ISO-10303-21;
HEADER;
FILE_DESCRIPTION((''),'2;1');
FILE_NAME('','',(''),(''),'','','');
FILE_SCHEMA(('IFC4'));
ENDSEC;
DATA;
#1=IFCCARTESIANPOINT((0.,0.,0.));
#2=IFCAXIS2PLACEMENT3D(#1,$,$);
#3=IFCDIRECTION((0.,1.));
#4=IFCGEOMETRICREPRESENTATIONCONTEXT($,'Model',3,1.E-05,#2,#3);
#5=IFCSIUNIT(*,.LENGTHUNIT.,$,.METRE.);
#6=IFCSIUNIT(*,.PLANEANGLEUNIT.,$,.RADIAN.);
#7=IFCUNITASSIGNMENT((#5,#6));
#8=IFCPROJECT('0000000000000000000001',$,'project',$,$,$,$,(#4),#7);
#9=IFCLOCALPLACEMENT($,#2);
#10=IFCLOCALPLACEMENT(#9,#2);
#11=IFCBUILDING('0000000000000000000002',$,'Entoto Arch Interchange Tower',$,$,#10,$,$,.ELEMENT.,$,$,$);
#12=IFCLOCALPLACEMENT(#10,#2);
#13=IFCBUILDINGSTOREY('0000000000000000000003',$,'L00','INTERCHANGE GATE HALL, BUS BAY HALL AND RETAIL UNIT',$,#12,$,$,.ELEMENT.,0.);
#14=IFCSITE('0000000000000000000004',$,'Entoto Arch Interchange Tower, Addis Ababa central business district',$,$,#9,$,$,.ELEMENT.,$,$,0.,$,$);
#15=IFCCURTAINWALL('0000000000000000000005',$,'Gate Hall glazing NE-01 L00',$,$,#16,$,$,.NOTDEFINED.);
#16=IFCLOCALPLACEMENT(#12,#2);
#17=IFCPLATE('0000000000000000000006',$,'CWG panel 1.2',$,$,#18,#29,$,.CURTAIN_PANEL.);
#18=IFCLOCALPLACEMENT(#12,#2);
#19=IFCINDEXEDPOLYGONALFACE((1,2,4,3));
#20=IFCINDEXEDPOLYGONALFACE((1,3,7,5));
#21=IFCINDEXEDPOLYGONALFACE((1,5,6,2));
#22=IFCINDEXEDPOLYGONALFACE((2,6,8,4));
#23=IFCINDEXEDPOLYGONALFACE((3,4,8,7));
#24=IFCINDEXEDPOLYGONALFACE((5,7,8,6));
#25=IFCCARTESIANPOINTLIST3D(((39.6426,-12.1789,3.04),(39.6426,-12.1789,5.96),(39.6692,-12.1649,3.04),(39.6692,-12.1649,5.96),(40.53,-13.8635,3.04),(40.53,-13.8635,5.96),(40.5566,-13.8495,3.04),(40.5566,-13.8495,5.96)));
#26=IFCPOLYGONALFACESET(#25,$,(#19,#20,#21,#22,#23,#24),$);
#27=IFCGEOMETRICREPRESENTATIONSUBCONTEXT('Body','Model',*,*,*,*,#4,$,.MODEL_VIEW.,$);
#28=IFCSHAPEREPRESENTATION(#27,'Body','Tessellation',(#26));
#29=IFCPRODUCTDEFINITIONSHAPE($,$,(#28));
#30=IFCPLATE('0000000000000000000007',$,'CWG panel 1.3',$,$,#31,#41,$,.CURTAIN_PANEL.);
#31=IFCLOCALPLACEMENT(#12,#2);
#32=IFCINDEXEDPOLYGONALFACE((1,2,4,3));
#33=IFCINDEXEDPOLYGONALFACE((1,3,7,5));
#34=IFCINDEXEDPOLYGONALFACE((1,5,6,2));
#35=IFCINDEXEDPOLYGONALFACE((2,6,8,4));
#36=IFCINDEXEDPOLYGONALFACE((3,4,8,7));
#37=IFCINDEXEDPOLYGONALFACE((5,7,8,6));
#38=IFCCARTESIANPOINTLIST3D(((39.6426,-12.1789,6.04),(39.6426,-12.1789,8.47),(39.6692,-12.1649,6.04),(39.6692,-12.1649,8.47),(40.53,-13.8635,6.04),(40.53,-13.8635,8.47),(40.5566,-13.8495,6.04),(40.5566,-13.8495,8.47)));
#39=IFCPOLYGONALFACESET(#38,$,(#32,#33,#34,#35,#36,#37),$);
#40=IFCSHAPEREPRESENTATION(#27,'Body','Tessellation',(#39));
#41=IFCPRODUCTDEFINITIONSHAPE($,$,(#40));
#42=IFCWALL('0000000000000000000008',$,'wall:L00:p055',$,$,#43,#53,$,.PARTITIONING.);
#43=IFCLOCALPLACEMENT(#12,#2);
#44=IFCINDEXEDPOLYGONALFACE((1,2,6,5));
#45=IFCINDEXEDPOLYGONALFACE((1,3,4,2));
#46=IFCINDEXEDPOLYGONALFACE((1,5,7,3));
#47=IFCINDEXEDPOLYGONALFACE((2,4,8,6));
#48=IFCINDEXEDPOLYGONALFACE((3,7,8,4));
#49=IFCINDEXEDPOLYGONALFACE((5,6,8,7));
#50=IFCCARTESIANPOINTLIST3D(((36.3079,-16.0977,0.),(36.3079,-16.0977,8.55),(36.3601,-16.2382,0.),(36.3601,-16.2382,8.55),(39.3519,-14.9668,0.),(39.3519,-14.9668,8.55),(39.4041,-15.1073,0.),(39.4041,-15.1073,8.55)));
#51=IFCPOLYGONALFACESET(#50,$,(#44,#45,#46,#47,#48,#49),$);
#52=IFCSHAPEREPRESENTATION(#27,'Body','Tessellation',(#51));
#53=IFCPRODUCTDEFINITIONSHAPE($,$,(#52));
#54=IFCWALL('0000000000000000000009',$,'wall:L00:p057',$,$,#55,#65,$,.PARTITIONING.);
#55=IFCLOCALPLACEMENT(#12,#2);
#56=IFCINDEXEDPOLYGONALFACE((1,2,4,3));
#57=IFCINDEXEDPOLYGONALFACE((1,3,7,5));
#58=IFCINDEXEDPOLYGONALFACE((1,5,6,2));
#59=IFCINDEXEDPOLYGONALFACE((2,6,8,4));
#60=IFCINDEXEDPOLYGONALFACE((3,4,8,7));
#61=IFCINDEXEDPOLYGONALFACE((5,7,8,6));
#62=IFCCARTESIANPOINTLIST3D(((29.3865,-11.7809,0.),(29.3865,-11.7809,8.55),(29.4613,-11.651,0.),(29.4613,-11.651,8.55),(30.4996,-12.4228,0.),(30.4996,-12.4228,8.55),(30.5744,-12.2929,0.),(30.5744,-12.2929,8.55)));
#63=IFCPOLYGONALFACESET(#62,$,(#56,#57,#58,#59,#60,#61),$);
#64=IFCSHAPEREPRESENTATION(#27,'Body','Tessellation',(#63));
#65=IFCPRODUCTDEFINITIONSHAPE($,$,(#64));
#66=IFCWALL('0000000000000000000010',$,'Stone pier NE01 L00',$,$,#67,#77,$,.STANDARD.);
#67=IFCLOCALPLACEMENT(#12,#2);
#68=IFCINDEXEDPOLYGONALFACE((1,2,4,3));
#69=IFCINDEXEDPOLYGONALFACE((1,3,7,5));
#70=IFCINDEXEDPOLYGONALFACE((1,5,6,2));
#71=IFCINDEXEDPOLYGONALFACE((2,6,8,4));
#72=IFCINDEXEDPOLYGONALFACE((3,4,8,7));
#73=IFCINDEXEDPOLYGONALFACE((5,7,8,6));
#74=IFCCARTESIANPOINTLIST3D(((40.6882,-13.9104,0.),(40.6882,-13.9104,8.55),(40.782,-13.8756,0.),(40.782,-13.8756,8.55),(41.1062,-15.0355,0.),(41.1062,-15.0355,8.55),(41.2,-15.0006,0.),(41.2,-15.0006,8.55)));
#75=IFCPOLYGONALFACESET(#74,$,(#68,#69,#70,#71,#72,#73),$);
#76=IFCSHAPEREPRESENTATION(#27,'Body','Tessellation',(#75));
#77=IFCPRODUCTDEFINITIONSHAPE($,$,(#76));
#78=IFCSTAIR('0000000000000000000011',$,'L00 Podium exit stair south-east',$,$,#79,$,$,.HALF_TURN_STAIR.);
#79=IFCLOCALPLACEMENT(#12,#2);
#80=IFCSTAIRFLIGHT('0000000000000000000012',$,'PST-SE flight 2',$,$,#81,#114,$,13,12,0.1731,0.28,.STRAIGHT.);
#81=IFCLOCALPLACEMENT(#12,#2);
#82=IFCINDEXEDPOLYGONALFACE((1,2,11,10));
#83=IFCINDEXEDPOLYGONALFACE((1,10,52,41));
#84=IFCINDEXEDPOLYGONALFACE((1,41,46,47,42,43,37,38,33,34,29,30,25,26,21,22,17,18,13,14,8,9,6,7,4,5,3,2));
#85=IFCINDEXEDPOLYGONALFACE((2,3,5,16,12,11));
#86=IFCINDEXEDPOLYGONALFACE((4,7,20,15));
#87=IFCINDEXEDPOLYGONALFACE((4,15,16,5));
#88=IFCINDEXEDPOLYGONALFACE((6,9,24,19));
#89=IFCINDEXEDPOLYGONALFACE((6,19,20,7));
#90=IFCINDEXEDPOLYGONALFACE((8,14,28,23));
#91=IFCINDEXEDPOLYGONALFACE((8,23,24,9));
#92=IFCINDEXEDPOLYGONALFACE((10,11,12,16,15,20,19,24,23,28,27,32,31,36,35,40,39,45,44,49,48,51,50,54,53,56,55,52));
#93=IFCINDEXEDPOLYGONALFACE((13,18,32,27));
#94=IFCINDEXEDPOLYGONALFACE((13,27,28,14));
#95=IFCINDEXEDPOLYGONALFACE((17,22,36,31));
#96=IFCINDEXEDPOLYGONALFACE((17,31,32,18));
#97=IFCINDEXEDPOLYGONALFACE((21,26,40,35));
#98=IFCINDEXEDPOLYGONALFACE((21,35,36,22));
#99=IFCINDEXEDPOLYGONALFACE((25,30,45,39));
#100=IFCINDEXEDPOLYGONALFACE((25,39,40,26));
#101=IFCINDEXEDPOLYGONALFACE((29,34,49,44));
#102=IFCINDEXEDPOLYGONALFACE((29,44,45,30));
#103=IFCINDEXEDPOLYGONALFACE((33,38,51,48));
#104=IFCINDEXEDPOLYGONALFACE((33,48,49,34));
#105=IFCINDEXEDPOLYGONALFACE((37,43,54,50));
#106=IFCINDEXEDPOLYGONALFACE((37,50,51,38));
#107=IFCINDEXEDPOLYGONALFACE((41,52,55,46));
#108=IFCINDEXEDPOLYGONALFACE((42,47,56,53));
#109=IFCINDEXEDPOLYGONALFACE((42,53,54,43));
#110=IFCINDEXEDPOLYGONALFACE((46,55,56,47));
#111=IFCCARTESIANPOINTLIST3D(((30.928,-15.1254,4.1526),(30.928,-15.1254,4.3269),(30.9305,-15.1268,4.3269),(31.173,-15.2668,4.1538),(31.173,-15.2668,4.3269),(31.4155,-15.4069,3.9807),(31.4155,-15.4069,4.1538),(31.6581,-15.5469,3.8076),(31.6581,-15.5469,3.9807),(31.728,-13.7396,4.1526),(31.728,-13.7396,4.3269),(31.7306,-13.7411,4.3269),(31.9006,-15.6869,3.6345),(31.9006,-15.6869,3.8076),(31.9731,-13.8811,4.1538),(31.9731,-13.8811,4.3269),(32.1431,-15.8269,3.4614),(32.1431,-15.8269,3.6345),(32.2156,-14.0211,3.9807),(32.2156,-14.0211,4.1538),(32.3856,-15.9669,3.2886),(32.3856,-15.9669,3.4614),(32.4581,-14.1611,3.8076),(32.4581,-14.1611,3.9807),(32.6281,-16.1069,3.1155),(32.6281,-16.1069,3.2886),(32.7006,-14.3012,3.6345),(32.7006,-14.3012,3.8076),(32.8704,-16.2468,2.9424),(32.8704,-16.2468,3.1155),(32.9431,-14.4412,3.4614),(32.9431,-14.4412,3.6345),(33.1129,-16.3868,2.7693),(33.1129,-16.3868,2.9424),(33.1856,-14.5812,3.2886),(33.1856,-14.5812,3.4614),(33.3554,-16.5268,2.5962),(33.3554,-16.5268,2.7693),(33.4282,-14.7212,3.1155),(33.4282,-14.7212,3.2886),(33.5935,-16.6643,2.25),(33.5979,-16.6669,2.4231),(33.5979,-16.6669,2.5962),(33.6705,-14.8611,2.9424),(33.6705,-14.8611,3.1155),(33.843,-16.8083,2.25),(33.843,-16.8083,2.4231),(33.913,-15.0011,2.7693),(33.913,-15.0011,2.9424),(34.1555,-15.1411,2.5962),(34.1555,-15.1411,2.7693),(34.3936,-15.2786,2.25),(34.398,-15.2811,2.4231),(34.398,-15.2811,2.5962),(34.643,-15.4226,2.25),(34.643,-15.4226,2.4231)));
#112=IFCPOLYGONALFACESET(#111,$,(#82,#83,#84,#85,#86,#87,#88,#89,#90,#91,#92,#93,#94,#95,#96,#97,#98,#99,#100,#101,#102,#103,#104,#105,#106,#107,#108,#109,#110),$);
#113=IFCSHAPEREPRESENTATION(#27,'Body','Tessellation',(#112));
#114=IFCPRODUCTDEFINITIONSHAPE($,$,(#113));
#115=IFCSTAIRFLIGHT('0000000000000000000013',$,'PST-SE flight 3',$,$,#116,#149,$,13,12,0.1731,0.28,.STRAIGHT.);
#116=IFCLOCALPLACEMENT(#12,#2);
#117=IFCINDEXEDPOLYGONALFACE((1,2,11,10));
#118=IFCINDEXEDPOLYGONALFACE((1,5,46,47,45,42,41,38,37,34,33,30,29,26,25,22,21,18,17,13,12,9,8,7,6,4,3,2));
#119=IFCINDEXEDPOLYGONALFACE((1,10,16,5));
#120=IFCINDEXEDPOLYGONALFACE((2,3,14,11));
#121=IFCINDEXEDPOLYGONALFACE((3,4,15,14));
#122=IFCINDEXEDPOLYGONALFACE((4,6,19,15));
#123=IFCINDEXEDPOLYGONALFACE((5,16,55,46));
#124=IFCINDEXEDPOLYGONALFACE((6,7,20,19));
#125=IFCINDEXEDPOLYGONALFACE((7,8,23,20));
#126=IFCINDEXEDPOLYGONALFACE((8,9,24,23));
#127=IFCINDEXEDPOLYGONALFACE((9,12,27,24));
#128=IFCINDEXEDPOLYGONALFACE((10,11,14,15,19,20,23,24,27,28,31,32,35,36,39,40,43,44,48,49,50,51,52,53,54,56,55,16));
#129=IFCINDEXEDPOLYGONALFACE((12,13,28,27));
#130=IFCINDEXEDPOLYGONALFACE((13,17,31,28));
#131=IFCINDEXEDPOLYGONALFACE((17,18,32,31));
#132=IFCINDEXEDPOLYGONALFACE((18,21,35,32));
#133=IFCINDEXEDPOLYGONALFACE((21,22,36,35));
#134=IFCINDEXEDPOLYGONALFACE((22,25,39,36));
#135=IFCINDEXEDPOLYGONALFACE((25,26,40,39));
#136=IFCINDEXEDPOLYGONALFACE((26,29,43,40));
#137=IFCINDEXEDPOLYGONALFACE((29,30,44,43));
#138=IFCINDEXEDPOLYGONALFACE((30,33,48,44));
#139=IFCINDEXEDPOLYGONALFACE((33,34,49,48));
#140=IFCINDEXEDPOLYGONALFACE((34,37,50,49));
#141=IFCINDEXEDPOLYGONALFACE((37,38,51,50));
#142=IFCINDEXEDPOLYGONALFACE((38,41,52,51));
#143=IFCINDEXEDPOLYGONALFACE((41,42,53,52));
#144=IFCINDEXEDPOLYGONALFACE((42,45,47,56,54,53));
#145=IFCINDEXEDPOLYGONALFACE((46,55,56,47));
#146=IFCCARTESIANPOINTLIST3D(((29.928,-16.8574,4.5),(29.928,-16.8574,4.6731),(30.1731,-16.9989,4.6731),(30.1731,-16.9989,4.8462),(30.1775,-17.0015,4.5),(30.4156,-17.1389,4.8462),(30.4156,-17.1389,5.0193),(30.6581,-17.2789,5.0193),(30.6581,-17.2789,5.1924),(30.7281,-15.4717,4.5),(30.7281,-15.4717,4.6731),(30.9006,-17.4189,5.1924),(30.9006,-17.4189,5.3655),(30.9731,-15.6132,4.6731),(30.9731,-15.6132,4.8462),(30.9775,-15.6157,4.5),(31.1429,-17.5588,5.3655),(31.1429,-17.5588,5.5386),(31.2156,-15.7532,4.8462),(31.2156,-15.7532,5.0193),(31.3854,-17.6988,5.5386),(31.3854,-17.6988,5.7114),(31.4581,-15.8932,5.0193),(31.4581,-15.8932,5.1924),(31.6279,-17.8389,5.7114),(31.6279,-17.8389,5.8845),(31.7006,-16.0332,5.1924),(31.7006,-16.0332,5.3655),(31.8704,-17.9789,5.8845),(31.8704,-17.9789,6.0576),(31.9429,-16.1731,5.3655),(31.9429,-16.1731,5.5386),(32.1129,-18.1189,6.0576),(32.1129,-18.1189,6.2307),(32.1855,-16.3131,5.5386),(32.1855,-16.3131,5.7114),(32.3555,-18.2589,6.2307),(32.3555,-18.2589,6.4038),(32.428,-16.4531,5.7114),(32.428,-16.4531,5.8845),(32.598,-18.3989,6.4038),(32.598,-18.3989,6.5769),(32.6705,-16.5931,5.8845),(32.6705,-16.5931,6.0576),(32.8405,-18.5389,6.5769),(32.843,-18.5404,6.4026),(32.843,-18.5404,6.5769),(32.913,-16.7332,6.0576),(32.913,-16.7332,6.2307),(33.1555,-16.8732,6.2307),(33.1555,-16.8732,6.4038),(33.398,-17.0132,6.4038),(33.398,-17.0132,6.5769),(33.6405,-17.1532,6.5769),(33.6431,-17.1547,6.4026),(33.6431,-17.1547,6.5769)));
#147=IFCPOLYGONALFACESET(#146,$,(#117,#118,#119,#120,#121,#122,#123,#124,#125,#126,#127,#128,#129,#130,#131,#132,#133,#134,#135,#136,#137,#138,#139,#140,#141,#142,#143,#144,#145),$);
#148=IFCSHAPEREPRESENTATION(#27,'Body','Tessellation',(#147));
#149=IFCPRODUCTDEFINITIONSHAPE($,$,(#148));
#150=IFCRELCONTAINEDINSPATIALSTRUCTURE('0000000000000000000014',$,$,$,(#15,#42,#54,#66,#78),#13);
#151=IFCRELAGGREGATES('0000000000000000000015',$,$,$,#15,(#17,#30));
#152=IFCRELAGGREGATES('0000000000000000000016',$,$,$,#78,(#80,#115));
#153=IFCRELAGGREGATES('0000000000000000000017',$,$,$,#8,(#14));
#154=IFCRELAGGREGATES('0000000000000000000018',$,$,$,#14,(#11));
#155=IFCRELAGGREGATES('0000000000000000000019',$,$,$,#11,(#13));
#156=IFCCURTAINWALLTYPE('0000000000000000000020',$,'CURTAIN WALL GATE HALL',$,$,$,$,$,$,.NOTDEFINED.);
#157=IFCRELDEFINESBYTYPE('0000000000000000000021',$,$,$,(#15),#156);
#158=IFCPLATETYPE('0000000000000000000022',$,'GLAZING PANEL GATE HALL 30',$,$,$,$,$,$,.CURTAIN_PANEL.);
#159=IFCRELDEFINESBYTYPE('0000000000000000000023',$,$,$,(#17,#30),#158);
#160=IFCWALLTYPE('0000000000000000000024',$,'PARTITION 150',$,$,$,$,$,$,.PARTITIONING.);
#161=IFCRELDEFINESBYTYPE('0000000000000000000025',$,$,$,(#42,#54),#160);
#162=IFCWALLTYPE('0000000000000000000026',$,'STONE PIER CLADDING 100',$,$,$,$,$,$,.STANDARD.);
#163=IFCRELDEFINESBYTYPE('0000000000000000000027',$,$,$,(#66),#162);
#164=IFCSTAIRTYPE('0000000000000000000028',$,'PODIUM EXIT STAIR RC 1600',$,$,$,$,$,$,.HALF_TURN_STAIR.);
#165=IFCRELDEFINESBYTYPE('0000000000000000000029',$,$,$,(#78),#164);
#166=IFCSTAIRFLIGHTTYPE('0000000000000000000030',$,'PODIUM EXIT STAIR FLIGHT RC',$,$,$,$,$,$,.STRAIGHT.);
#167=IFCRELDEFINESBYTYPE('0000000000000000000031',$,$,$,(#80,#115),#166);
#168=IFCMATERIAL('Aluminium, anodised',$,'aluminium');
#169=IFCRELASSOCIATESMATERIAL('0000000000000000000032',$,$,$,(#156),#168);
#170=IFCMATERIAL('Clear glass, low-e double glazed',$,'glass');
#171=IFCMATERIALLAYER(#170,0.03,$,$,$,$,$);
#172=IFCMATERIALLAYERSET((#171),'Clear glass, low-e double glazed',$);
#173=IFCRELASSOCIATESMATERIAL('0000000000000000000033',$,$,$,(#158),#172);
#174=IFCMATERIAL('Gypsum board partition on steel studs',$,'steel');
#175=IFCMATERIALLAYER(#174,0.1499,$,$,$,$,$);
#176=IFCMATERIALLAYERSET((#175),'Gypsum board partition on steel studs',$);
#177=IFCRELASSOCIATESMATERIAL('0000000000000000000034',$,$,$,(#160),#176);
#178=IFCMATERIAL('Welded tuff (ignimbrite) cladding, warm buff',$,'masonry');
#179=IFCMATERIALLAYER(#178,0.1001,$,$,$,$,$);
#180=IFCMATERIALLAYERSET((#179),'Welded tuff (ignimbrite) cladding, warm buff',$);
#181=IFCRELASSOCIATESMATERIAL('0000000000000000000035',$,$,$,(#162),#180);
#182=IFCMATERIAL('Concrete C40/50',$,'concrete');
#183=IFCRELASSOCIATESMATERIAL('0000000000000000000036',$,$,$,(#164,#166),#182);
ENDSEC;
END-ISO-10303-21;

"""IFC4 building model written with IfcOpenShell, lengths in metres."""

from ifc_helpers import new_model, si_unit, direction, frame, frame_2d, origin, origin_2d, place, context, subcontext, project, spatial, polyline, rectangle, outline, extrude, material, layer, layer_set, type_object, element, aggregate, save


model = new_model("IFC4")

# Units and contexts
model_context = context("Model", 3, precision=1e-05, world=origin(), true_north=direction((0.0, 1.0)))
body_context = subcontext(model_context, "Body", "Model", "MODEL_VIEW")
ifc_project = project(units=[si_unit("LENGTHUNIT", "METRE"), si_unit("PLANEANGLEUNIT", "RADIAN")], contexts=[model_context])

# Site, building, storey
site_placement = place(None, origin())
site = spatial("IfcSite", under=ifc_project, at=site_placement, Name="Entoto Arch Interchange Tower, Addis Ababa central business district", CompositionType="ELEMENT", RefElevation=0.0)
building_placement = place(site_placement, origin())
building = spatial("IfcBuilding", under=site, at=building_placement, Name="Entoto Arch Interchange Tower", CompositionType="ELEMENT")
storey_placement = place(building_placement, origin())
storey = spatial("IfcBuildingStorey", under=building, at=storey_placement, Name="L00", Description="INTERCHANGE GATE HALL, BUS BAY HALL AND RETAIL UNIT", CompositionType="ELEMENT", Elevation=0.0)

# Shared definitions
ifc_material_1 = material(Name="Aluminium, anodised", Category="aluminium")
curtain_wall_type = type_object("IfcCurtainWallType", Name="CURTAIN WALL GATE HALL", PredefinedType="NOTDEFINED", material=ifc_material_1)

# Curtain wall
curtain_wall_1_placement = place(storey_placement, origin())
curtain_wall_1 = element("IfcCurtainWall", 1, at=curtain_wall_1_placement, inside=storey, type_object=curtain_wall_type, Name="Gate Hall glazing NE-01 L00", PredefinedType="NOTDEFINED")

# Plates
ifc_material_2 = material(Name="Clear glass, low-e double glazed", Category="glass")
ifc_layer_1 = layer(ifc_material_2, 0.03)
ifc_layer_set_1 = layer_set([ifc_layer_1], Name="Clear glass, low-e double glazed")
plate_type = type_object("IfcPlateType", Name="GLAZING PANEL GATE HALL 30", PredefinedType="CURTAIN_PANEL", material=ifc_layer_set_1)
plate_1_placement = place(storey_placement, frame((40.0996, -13.0142, 3.04), z_axis=(0.0, 0.0, 1.0), x_axis=(-0.466067, 0.884749, 0.0)))
plate_1 = element("IfcPlate", 2, at=plate_1_placement, type_object=plate_type, Name="CWG panel 1.2", PredefinedType="CURTAIN_PANEL", context=body_context, shape_type="SweptSolid", body=[
    extrude(rectangle(XDim=1.9041, YDim=0.03, at=origin_2d()), origin(), (0.0, 0.0, 1.0), 2.9199),
])
plate_2_placement = place(storey_placement, frame((40.0996, -13.0142, 6.04), z_axis=(0.0, 0.0, 1.0), x_axis=(-0.466067, 0.884749, 0.0)))
plate_2 = element("IfcPlate", 3, at=plate_2_placement, type_object=plate_type, Name="CWG panel 1.3", PredefinedType="CURTAIN_PANEL", context=body_context, shape_type="SweptSolid", body=[
    extrude(rectangle(XDim=1.9041, YDim=0.03, at=origin_2d()), origin(), (0.0, 0.0, 1.0), 2.4299),
])
aggregate(curtain_wall_1, [plate_1, plate_2])

# Walls
ifc_material_3 = material(Name="Gypsum board partition on steel studs", Category="steel")
ifc_layer_2 = layer(ifc_material_3, 0.1499)
ifc_layer_set_2 = layer_set([ifc_layer_2], Name="Gypsum board partition on steel studs")
wall_type_1 = type_object("IfcWallType", Name="PARTITION 150", PredefinedType="PARTITIONING", material=ifc_layer_set_2)
wall_1_placement = place(storey_placement, frame((39.3779, -15.0371, 0.0), z_axis=(0.0, 0.0, 1.0), x_axis=(-0.9374, -0.348254, 0.0)))
element("IfcWall", 4, at=wall_1_placement, inside=storey, type_object=wall_type_1, Name="wall:L00:p055", PredefinedType="PARTITIONING", context=body_context, shape_type="SweptSolid", body=[
    extrude(rectangle(XDim=3.2473, YDim=0.1499, at=frame_2d((1.6235, 0.0))), origin(), (0.0, 0.0, 1.0), 8.55),
])
wall_2_placement = place(storey_placement, frame((30.5371, -12.3579, 0.0), z_axis=(0.0, 0.0, 1.0), x_axis=(-0.866284, 0.499552, 0.0)))
element("IfcWall", 5, at=wall_2_placement, inside=storey, type_object=wall_type_1, Name="wall:L00:p057", PredefinedType="PARTITIONING", context=body_context, shape_type="SweptSolid", body=[
    extrude(rectangle(XDim=1.2849, YDim=0.1499, at=frame_2d((0.6426, 0.0))), origin(), (0.0, 0.0, 1.0), 8.55),
])
ifc_material_4 = material(Name="Welded tuff (ignimbrite) cladding, warm buff", Category="masonry")
ifc_layer_3 = layer(ifc_material_4, 0.1001)
ifc_layer_set_3 = layer_set([ifc_layer_3], Name="Welded tuff (ignimbrite) cladding, warm buff")
wall_type_2 = type_object("IfcWallType", Name="STONE PIER CLADDING 100", PredefinedType="STANDARD", material=ifc_layer_set_3)
wall_3_placement = place(storey_placement, frame((41.1531, -15.0181, 0.0), z_axis=(0.0, 0.0, 1.0), x_axis=(-0.348268, 0.937395, 0.0)))
element("IfcWall", 6, at=wall_3_placement, inside=storey, type_object=wall_type_2, Name="Stone pier NE01 L00", PredefinedType="STANDARD", context=body_context, shape_type="SweptSolid", body=[
    extrude(rectangle(XDim=1.2002, YDim=0.1001, at=frame_2d((0.6001, 0.0))), origin(), (0.0, 0.0, 1.0), 8.55),
])

# Stair, stair flights
ifc_material_5 = material(Name="Concrete C40/50", Category="concrete")
stair_type = type_object("IfcStairType", Name="PODIUM EXIT STAIR RC 1600", PredefinedType="HALF_TURN_STAIR", material=ifc_material_5)
stair_placement = place(storey_placement, origin())
stair = element("IfcStair", 7, at=stair_placement, inside=storey, type_object=stair_type, Name="L00 Podium exit stair south-east", PredefinedType="HALF_TURN_STAIR")
stair_flight_type = type_object("IfcStairFlightType", Name="PODIUM EXIT STAIR FLIGHT RC", PredefinedType="STRAIGHT", material=ifc_material_5)
stair_flight_1_placement = place(storey_placement, frame((34.2405, -16.114, 2.25), z_axis=(0.0, 0.0, 1.0), x_axis=(-0.866025, 0.5, 0.0)))
stair_flight_1 = element("IfcStairFlight", 8, at=stair_flight_1_placement, type_object=stair_flight_type, Name="PST-SE flight 2", NumberOfRisers=13, NumberOfTreads=12, PredefinedType="STRAIGHT", RiserHeight=0.1731, TreadLength=0.28, context=body_context, shape_type="SweptSolid", body=[
    extrude(outline(polyline([(-0.0029, 0.0), (-0.0029, 0.1731), (0.28, 0.1731), (0.28, 0.3462), (0.5601, 0.3462), (0.5601, 0.5193), (0.8401, 0.5193), (0.8401, 0.6924), (1.1201, 0.6924), (1.1201, 0.8655), (1.3999, 0.8655), (1.3999, 1.0386), (1.6799, 1.0386), (1.6799, 1.2114), (1.96, 1.2114), (1.96, 1.3845), (2.24, 1.3845), (2.24, 1.5576), (2.52, 1.5576), (2.52, 1.7307), (2.8, 1.7307), (2.8, 1.9038), (3.0801, 1.9038), (3.0801, 2.0769), (3.3601, 2.0769), (3.363, 2.0769), (3.363, 1.9026), (0.2852, 0.0), (-0.0029, 0.0)])), frame((0.0, 0.8, 0.0), z_axis=(0.0, -1.0, 0.0), x_axis=(1.0, 0.0, 0.0)), (0.0, 0.0, 1.0), 1.6001),
])
stair_flight_2_placement = place(storey_placement, frame((30.3306, -16.166, 4.5), z_axis=(0.0, 0.0, 1.0), x_axis=(0.866025, -0.5, 0.0)))
stair_flight_2 = element("IfcStairFlight", 9, at=stair_flight_2_placement, type_object=stair_flight_type, Name="PST-SE flight 3", NumberOfRisers=13, NumberOfTreads=12, PredefinedType="STRAIGHT", RiserHeight=0.1731, TreadLength=0.28, context=body_context, shape_type="SweptSolid", body=[
    extrude(outline(polyline([(-0.0029, 0.0), (-0.0029, 0.1731), (0.28, 0.1731), (0.28, 0.3462), (0.5601, 0.3462), (0.5601, 0.5193), (0.8401, 0.5193), (0.8401, 0.6924), (1.1201, 0.6924), (1.1201, 0.8655), (1.3999, 0.8655), (1.3999, 1.0386), (1.6799, 1.0386), (1.6799, 1.2114), (1.96, 1.2114), (1.96, 1.3845), (2.24, 1.3845), (2.24, 1.5576), (2.52, 1.5576), (2.52, 1.7307), (2.8, 1.7307), (2.8, 1.9038), (3.0801, 1.9038), (3.0801, 2.0769), (3.3601, 2.0769), (3.363, 2.0769), (3.363, 1.9026), (0.2852, 0.0), (-0.0029, 0.0)])), frame((0.0, 0.8, 0.0), z_axis=(0.0, -1.0, 0.0), x_axis=(1.0, 0.0, 0.0)), (0.0, 0.0, 1.0), 1.6001),
])
aggregate(stair, [stair_flight_1, stair_flight_2])

save(model, "model.ifc")
